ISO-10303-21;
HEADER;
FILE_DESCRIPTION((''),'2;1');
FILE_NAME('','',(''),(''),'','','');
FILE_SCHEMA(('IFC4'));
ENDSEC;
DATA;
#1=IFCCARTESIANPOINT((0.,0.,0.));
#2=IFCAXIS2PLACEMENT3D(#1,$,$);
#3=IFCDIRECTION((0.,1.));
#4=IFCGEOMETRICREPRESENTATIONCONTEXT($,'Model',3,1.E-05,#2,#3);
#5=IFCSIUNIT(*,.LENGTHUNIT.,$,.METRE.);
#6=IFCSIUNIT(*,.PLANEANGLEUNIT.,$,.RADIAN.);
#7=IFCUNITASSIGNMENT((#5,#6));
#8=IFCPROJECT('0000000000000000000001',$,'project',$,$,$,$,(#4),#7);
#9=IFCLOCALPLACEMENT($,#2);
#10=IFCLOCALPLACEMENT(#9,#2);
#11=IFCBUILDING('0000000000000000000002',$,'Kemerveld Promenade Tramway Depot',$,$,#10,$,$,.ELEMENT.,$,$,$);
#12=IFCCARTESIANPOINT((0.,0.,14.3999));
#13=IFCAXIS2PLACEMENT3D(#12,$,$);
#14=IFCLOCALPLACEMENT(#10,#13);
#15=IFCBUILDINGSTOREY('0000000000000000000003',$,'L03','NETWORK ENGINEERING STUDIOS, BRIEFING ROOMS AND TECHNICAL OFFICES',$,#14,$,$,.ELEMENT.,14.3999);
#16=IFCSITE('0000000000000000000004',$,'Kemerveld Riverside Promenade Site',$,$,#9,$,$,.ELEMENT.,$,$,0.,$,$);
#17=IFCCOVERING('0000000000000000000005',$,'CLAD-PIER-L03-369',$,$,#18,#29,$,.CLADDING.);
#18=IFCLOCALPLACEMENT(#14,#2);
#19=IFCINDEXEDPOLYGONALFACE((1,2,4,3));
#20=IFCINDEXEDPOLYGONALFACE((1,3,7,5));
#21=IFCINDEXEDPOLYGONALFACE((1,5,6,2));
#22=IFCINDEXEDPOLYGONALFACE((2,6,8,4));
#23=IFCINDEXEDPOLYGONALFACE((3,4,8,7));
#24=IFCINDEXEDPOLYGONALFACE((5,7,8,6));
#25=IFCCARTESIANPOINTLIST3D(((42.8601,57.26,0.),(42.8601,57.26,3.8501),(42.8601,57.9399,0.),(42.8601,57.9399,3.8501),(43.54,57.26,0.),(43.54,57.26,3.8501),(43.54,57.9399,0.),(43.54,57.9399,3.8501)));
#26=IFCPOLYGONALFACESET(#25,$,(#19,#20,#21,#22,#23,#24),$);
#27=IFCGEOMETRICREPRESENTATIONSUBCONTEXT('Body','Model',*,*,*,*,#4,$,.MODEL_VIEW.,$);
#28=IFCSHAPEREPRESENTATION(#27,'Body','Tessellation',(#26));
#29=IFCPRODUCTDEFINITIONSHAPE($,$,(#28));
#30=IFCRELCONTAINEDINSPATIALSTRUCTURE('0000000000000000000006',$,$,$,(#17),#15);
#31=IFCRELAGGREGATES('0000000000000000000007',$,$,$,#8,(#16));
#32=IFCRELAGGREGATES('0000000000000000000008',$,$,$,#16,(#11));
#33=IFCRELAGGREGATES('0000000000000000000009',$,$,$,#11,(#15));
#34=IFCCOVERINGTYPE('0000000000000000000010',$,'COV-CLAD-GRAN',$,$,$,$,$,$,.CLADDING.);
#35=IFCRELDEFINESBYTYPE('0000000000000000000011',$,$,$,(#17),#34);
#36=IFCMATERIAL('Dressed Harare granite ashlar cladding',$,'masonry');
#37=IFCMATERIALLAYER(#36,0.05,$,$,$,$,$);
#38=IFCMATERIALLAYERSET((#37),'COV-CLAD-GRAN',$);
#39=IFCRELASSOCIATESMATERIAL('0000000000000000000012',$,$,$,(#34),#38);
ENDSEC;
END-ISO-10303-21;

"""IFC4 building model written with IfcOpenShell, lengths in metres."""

from ifc_helpers import new_model, si_unit, direction, frame, origin, place, context, subcontext, project, spatial, polyline, outline, extrude, material, layer, layer_set, type_object, element, save


model = new_model("IFC4")

# Units and contexts
model_context = context("Model", 3, precision=1e-05, world=origin(), true_north=direction((0.0, 1.0)))
body_context = subcontext(model_context, "Body", "Model", "MODEL_VIEW")
ifc_project = project(units=[si_unit("LENGTHUNIT", "METRE"), si_unit("PLANEANGLEUNIT", "RADIAN")], contexts=[model_context])

# Site, building, storey
site_placement = place(None, origin())
site = spatial("IfcSite", under=ifc_project, at=site_placement, Name="Kemerveld Riverside Promenade Site", CompositionType="ELEMENT", RefElevation=0.0)
building_placement = place(site_placement, origin())
building = spatial("IfcBuilding", under=site, at=building_placement, Name="Kemerveld Promenade Tramway Depot", CompositionType="ELEMENT")
storey_placement = place(building_placement, frame((0.0, 0.0, 14.3999)))
storey = spatial("IfcBuildingStorey", under=building, at=storey_placement, Name="L03", Description="NETWORK ENGINEERING STUDIOS, BRIEFING ROOMS AND TECHNICAL OFFICES", CompositionType="ELEMENT", Elevation=14.3999)

# Covering
ifc_material_1 = material(Name="Dressed Harare granite ashlar cladding", Category="masonry")
ifc_layer_1 = layer(ifc_material_1, 0.05)
ifc_layer_set_1 = layer_set([ifc_layer_1], Name="COV-CLAD-GRAN")
covering_type = type_object("IfcCoveringType", Name="COV-CLAD-GRAN", PredefinedType="CLADDING", material=ifc_layer_set_1)
covering_1_placement = place(storey_placement, origin())
element("IfcCovering", 1, at=covering_1_placement, inside=storey, type_object=covering_type, Name="CLAD-PIER-L03-369", PredefinedType="CLADDING", context=body_context, shape_type="SweptSolid", body=[
    extrude(outline(polyline([(42.8601, 57.26), (43.54, 57.26), (43.54, 57.9399), (42.8601, 57.9399), (42.8601, 57.26)])), origin(), (0.0, 0.0, 1.0), 3.8501),
])

save(model, "model.ifc")
